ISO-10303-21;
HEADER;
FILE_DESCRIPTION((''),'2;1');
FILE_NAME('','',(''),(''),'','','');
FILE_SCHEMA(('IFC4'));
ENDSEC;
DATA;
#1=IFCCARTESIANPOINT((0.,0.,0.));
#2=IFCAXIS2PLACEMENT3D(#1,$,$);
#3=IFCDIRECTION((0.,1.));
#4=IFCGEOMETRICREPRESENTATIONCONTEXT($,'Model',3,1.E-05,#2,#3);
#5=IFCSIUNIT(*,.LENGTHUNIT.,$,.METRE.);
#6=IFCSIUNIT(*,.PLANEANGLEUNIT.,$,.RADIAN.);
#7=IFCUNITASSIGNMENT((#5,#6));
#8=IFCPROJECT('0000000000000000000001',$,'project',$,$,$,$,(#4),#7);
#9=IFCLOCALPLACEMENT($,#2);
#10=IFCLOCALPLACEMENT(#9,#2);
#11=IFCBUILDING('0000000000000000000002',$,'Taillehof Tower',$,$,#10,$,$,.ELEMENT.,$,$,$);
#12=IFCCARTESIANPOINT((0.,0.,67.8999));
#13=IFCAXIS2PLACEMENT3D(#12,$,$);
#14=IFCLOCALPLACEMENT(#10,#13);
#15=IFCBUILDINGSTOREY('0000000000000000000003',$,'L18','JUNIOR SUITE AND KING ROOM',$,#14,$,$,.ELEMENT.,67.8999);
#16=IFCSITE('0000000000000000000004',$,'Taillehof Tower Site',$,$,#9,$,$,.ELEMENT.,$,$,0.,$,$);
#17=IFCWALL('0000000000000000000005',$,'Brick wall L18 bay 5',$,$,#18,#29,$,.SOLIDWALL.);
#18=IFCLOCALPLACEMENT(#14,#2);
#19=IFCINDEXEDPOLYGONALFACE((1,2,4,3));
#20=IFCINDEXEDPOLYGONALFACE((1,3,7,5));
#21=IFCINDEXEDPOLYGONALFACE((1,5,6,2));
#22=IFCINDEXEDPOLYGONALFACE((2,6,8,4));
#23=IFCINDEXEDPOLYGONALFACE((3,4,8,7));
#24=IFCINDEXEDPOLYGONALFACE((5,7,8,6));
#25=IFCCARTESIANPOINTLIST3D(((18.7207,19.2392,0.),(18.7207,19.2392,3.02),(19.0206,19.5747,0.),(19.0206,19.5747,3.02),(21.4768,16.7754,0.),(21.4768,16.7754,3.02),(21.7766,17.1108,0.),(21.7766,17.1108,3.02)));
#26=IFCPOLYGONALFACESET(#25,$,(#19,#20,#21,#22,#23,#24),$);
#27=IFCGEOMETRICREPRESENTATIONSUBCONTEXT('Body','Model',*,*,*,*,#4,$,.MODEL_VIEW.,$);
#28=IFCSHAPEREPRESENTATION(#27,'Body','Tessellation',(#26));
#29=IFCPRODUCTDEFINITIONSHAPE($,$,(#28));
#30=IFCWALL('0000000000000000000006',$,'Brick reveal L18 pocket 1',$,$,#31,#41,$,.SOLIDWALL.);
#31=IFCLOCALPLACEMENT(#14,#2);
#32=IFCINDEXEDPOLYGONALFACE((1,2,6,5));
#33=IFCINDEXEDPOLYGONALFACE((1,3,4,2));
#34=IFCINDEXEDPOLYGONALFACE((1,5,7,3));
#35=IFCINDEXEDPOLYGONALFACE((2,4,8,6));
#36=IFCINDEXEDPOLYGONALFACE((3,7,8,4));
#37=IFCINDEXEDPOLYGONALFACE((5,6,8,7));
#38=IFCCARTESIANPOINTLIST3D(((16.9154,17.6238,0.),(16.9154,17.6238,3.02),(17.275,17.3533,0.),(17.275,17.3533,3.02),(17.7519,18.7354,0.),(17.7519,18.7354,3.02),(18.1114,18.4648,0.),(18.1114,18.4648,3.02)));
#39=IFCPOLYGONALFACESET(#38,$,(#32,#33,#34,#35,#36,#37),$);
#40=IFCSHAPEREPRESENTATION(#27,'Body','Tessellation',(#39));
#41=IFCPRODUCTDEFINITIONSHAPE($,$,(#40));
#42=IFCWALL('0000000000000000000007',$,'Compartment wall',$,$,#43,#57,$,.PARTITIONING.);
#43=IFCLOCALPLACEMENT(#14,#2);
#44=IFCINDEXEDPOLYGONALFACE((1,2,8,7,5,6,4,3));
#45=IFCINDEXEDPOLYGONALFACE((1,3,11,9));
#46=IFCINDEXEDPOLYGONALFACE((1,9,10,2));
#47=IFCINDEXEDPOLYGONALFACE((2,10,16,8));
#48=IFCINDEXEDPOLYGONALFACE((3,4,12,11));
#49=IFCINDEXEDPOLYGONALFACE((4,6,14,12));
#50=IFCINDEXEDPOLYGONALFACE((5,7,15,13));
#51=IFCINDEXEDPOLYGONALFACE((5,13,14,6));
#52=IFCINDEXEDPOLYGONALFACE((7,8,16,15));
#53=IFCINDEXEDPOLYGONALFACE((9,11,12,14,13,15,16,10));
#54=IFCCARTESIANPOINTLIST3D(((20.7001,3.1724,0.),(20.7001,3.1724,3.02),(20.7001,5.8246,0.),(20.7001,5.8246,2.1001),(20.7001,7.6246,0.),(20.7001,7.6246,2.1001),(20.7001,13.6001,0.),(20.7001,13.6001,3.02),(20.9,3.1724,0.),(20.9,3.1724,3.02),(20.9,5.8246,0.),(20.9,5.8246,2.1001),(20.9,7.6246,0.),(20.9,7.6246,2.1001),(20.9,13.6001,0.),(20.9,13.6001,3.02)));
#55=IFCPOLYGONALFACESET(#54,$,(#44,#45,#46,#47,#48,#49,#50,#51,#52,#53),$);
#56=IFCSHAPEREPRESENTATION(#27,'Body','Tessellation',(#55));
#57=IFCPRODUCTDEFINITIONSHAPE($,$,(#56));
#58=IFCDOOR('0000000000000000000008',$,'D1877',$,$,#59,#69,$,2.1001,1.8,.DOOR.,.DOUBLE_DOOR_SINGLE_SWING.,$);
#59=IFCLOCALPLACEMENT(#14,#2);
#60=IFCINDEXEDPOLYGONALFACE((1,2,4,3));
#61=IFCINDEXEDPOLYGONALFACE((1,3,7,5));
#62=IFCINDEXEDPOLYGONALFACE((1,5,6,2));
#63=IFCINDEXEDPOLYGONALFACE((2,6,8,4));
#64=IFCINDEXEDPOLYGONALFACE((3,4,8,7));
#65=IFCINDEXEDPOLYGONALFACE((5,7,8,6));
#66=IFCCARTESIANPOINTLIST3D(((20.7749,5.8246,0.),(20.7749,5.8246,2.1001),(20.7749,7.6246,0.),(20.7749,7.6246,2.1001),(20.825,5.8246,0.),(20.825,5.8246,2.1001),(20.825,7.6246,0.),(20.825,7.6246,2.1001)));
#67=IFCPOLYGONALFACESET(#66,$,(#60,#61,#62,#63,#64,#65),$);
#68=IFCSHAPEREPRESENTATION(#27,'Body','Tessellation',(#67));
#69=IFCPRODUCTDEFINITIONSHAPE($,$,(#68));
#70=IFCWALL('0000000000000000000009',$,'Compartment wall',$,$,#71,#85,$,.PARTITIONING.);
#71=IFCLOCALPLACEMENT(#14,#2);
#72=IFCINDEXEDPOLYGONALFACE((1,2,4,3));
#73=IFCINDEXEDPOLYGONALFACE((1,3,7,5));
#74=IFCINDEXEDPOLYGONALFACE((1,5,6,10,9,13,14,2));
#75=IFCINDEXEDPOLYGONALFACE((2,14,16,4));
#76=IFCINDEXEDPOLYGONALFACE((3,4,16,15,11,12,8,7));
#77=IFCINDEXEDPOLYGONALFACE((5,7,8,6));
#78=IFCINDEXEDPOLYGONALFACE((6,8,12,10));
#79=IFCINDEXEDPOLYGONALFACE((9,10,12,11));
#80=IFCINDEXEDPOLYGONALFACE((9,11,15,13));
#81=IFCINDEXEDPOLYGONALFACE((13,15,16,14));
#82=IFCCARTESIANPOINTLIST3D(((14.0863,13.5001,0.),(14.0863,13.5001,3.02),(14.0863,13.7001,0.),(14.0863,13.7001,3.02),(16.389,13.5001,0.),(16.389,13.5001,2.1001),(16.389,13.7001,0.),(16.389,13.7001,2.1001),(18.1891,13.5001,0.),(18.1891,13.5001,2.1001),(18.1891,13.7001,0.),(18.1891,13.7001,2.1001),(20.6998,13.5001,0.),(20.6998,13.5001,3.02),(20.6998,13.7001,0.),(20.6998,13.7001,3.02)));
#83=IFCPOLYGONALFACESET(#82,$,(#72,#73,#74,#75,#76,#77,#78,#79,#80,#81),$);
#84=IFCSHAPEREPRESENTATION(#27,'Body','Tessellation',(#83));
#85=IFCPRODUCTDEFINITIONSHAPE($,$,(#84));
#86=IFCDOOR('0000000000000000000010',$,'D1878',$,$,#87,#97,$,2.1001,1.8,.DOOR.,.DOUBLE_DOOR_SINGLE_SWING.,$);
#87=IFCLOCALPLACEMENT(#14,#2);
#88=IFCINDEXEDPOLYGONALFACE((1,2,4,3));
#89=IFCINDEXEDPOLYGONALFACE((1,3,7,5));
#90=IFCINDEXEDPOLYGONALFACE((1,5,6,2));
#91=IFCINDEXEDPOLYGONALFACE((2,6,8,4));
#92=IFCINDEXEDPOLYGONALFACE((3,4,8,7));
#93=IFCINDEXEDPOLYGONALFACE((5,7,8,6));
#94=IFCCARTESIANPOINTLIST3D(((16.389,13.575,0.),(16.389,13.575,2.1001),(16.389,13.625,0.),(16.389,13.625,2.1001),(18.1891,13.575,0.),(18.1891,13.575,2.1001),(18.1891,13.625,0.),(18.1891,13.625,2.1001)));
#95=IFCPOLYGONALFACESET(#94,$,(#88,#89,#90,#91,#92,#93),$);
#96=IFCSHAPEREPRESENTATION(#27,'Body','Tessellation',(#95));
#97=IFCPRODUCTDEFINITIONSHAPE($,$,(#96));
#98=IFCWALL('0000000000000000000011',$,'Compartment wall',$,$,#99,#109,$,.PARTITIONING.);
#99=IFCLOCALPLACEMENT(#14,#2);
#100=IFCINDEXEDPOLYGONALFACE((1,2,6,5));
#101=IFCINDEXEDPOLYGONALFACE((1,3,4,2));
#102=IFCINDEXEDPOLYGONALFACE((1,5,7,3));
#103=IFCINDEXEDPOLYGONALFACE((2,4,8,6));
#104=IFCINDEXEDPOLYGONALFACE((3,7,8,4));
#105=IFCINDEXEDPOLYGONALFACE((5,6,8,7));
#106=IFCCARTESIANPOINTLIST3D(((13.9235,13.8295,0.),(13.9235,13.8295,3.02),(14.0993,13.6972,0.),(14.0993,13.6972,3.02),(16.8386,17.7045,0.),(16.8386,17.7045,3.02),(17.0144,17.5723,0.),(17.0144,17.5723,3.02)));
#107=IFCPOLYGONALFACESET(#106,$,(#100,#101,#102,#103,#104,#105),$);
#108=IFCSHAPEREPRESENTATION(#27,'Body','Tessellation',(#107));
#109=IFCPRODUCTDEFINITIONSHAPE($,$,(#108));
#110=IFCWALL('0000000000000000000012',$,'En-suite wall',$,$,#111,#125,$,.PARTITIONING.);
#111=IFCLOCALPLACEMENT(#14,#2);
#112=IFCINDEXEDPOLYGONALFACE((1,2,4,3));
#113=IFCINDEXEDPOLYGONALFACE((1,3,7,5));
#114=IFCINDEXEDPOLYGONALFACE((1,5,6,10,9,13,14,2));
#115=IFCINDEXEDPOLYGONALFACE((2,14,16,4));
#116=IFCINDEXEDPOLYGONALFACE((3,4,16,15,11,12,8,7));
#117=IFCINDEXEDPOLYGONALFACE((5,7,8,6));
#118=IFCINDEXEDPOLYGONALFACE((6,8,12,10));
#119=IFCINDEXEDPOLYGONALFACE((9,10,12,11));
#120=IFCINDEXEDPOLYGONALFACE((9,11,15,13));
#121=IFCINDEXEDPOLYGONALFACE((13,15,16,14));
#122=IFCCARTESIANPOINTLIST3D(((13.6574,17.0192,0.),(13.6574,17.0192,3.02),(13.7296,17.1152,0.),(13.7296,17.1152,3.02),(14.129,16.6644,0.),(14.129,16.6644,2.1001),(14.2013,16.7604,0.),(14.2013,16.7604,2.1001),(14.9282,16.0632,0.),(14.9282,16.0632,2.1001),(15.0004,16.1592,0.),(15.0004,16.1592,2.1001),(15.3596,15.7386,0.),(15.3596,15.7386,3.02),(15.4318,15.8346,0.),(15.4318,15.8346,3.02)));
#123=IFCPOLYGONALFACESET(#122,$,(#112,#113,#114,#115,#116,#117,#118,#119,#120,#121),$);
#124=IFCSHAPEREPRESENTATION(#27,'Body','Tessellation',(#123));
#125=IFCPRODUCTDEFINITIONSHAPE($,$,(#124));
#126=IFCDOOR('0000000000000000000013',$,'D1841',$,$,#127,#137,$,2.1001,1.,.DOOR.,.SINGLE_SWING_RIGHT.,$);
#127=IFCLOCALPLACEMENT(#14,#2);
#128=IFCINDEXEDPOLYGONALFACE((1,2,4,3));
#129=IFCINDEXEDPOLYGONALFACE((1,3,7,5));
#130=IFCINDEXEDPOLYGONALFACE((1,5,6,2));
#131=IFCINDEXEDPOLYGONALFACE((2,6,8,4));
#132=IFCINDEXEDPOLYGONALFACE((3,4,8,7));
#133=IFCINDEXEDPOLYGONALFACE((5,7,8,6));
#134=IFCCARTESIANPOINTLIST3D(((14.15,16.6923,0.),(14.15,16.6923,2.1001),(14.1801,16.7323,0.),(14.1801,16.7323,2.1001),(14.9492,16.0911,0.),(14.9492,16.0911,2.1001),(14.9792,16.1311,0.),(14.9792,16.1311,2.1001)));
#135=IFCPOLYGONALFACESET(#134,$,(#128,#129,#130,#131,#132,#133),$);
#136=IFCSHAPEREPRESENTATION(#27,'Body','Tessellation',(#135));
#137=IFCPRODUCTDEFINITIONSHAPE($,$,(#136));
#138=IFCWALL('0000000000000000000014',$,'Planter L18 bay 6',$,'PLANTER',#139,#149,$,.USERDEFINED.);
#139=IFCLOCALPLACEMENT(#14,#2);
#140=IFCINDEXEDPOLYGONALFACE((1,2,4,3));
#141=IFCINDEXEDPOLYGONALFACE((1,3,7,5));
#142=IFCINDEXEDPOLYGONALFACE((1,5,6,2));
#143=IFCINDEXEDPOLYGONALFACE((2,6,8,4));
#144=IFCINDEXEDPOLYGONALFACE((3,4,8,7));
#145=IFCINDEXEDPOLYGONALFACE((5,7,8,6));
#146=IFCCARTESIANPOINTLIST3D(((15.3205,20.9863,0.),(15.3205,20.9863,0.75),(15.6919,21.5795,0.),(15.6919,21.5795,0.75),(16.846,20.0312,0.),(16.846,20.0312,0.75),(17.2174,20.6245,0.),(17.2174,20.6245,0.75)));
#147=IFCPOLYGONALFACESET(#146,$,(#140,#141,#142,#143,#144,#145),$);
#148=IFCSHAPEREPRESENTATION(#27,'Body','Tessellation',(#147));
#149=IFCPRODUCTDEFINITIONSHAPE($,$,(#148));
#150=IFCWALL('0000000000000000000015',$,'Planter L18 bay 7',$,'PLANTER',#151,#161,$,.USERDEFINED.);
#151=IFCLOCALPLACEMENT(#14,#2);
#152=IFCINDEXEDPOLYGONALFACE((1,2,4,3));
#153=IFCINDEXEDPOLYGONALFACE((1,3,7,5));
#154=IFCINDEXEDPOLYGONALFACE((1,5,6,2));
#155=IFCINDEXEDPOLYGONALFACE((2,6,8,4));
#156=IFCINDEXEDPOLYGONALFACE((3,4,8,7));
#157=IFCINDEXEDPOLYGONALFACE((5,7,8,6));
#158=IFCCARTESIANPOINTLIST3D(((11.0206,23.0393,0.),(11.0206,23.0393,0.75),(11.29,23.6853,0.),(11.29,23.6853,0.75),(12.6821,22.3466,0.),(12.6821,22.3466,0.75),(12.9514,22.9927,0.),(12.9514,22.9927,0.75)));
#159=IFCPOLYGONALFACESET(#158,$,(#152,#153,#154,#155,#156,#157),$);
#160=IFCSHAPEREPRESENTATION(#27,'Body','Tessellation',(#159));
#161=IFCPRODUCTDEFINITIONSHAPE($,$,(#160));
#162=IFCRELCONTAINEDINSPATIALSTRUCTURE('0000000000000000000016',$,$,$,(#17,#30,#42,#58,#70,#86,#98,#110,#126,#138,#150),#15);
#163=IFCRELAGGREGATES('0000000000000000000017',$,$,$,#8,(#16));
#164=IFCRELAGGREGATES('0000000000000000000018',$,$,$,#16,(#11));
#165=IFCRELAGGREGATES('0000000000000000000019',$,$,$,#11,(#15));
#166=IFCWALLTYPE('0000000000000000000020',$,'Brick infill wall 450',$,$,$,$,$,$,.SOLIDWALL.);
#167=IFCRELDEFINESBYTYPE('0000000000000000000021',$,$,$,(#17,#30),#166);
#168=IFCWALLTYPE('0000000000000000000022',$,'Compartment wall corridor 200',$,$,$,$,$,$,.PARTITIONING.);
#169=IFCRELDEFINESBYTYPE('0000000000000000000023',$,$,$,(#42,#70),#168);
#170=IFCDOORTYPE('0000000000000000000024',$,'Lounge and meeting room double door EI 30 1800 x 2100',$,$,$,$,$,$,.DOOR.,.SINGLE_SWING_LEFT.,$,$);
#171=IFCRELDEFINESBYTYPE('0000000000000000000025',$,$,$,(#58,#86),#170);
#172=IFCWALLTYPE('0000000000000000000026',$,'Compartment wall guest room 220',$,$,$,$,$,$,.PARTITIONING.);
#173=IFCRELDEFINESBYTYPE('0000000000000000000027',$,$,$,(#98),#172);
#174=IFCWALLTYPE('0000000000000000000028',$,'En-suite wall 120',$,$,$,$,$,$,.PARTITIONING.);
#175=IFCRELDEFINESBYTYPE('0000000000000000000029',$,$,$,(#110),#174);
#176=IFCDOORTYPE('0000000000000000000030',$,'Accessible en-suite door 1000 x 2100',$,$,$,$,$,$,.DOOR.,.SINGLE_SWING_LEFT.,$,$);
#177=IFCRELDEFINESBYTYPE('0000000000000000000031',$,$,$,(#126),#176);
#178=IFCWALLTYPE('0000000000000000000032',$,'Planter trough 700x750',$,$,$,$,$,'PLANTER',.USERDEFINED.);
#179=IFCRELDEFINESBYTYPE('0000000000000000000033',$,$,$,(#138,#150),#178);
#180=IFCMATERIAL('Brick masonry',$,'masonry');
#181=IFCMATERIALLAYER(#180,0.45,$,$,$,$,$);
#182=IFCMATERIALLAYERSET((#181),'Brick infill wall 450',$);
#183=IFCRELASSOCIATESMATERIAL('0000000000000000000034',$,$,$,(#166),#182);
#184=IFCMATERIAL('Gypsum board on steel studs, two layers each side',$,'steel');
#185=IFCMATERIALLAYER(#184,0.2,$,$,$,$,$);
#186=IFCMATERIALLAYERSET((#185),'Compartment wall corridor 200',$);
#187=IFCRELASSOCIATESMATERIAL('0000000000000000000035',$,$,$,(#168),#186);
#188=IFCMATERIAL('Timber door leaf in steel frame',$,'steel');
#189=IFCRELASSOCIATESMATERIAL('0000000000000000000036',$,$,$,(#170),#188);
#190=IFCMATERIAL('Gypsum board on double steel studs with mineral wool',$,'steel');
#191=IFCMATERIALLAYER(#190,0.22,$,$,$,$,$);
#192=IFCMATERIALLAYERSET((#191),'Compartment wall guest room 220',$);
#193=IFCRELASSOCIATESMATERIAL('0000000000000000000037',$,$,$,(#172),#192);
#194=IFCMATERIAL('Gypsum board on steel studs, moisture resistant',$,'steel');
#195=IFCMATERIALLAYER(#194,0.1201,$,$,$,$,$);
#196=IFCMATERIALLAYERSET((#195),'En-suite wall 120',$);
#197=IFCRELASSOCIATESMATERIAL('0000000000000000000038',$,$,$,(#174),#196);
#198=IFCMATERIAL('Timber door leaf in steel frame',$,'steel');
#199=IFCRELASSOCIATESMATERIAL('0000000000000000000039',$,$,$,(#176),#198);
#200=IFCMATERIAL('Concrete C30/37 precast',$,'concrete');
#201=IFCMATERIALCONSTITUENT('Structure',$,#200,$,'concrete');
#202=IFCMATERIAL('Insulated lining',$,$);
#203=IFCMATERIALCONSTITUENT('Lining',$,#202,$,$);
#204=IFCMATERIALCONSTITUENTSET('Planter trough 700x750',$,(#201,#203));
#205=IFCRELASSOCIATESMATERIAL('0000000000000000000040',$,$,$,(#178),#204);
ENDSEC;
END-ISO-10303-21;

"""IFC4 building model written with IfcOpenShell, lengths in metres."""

from ifc_helpers import new_model, si_unit, direction, frame, frame_2d, origin, place, context, subcontext, project, spatial, rectangle, extrude, material, layer, layer_set, constituent, constituent_set, type_object, element, fill, save


model = new_model("IFC4")

# Units and contexts
model_context = context("Model", 3, precision=1e-05, world=origin(), true_north=direction((0.0, 1.0)))
body_context = subcontext(model_context, "Body", "Model", "MODEL_VIEW")
ifc_project = project(units=[si_unit("LENGTHUNIT", "METRE"), si_unit("PLANEANGLEUNIT", "RADIAN")], contexts=[model_context])

# Site, building, storey
site_placement = place(None, origin())
site = spatial("IfcSite", under=ifc_project, at=site_placement, Name="Taillehof Tower Site", CompositionType="ELEMENT", RefElevation=0.0)
building_placement = place(site_placement, origin())
building = spatial("IfcBuilding", under=site, at=building_placement, Name="Taillehof Tower", CompositionType="ELEMENT")
storey_placement = place(building_placement, frame((0.0, 0.0, 67.8999)))
storey = spatial("IfcBuildingStorey", under=building, at=storey_placement, Name="L18", Description="JUNIOR SUITE AND KING ROOM", CompositionType="ELEMENT", Elevation=67.8999)

# Shared definitions
ifc_material_1 = material(Name="Brick masonry", Category="masonry")
ifc_layer_1 = layer(ifc_material_1, 0.45)
ifc_layer_set_1 = layer_set([ifc_layer_1], Name="Brick infill wall 450")
wall_type_1 = type_object("IfcWallType", Name="Brick infill wall 450", PredefinedType="SOLIDWALL", material=ifc_layer_set_1)

# Walls
wall_1_placement = place(storey_placement, frame((21.6267, 16.9431, 0.0), z_axis=(0.0, 0.0, 1.0), x_axis=(-0.745526, 0.666476, 0.0)))
element("IfcWall", 1, at=wall_1_placement, inside=storey, type_object=wall_type_1, Name="Brick wall L18 bay 5", PredefinedType="SOLIDWALL", context=body_context, shape_type="SweptSolid", body=[
    extrude(rectangle(XDim=3.6968, YDim=0.45, at=frame_2d((1.8484, 0.0))), origin(), (0.0, 0.0, 1.0), 3.02),
])
wall_2_placement = place(storey_placement, frame((17.9316, 18.6001, 0.0), z_axis=(0.0, 0.0, 1.0), x_axis=(-0.601263, -0.799051, 0.0)))
element("IfcWall", 2, at=wall_2_placement, inside=storey, type_object=wall_type_1, Name="Brick reveal L18 pocket 1", PredefinedType="SOLIDWALL", context=body_context, shape_type="SweptSolid", body=[
    extrude(rectangle(XDim=1.3911, YDim=0.45, at=frame_2d((0.6956, 0.0))), origin(), (0.0, 0.0, 1.0), 3.02),
])

# Walls, openings, doors
ifc_material_2 = material(Name="Gypsum board on steel studs, two layers each side", Category="steel")
ifc_layer_2 = layer(ifc_material_2, 0.2)
ifc_layer_set_2 = layer_set([ifc_layer_2], Name="Compartment wall corridor 200")
wall_type_2 = type_object("IfcWallType", Name="Compartment wall corridor 200", PredefinedType="PARTITIONING", material=ifc_layer_set_2)
wall_3_placement = place(storey_placement, frame((20.8, 13.6001, 0.0), z_axis=(0.0, 0.0, 1.0), x_axis=(0.0, -1.0, 0.0)))
wall_3 = element("IfcWall", 3, at=wall_3_placement, inside=storey, type_object=wall_type_2, Name="Compartment wall", PredefinedType="PARTITIONING", context=body_context, shape_type="SweptSolid", body=[
    extrude(rectangle(XDim=10.4277, YDim=0.2, at=frame_2d((5.2139, 0.0))), origin(), (0.0, 0.0, 1.0), 3.02),
])
opening_1_placement = place(wall_3_placement, frame((5.9756, 0.0, 0.0)))
opening_1 = element("IfcOpeningElement", 4, at=opening_1_placement, cuts=wall_3, PredefinedType="OPENING", context=body_context, shape_type="SweptSolid", body=[
    extrude(rectangle(XDim=1.8, YDim=2.1001, at=frame_2d((0.8999, 1.05))), frame((0.0, 0.1099, 0.0), z_axis=(0.0, -1.0, 0.0), x_axis=(1.0, 0.0, 0.0)), (0.0, 0.0, 1.0), 0.22),
])
ifc_material_3 = material(Name="Timber door leaf in steel frame", Category="steel")
door_type_1 = type_object("IfcDoorType", Name="Lounge and meeting room double door EI 30 1800 x 2100", OperationType="SINGLE_SWING_LEFT", PredefinedType="DOOR", material=ifc_material_3)
door_1_placement = place(opening_1_placement, origin())
door_1 = element("IfcDoor", 5, at=door_1_placement, inside=storey, type_object=door_type_1, Name="D1877", OperationType="DOUBLE_DOOR_SINGLE_SWING", OverallHeight=2.1001, OverallWidth=1.8, PredefinedType="DOOR", context=body_context, shape_type="SweptSolid", body=[
    extrude(rectangle(XDim=1.8, YDim=2.1001, at=frame_2d((0.8999, 1.05))), frame((0.0, 0.0249, 0.0), z_axis=(0.0, -1.0, 0.0), x_axis=(1.0, 0.0, 0.0)), (0.0, 0.0, 1.0), 0.05),
])
fill(opening_1, door_1)
wall_4_placement = place(storey_placement, frame((14.0864, 13.6001, 0.0), z_axis=(0.0, 0.0, 1.0), x_axis=(1.0, 0.0, 0.0)))
wall_4 = element("IfcWall", 6, at=wall_4_placement, inside=storey, type_object=wall_type_2, Name="Compartment wall", PredefinedType="PARTITIONING", context=body_context, shape_type="SweptSolid", body=[
    extrude(rectangle(XDim=6.6135, YDim=0.2, at=frame_2d((3.3066, 0.0))), origin(), (0.0, 0.0, 1.0), 3.02),
])
opening_2_placement = place(wall_4_placement, frame((2.3027, 0.0, 0.0)))
opening_2 = element("IfcOpeningElement", 7, at=opening_2_placement, cuts=wall_4, PredefinedType="OPENING", context=body_context, shape_type="SweptSolid", body=[
    extrude(rectangle(XDim=1.8, YDim=2.1001, at=frame_2d((0.8999, 1.05))), frame((0.0, 0.1099, 0.0), z_axis=(0.0, -1.0, 0.0), x_axis=(1.0, 0.0, 0.0)), (0.0, 0.0, 1.0), 0.22),
])
door_2_placement = place(opening_2_placement, origin())
door_2 = element("IfcDoor", 8, at=door_2_placement, inside=storey, type_object=door_type_1, Name="D1878", OperationType="DOUBLE_DOOR_SINGLE_SWING", OverallHeight=2.1001, OverallWidth=1.8, PredefinedType="DOOR", context=body_context, shape_type="SweptSolid", body=[
    extrude(rectangle(XDim=1.8, YDim=2.1001, at=frame_2d((0.8999, 1.05))), frame((0.0, 0.0249, 0.0), z_axis=(0.0, -1.0, 0.0), x_axis=(1.0, 0.0, 0.0)), (0.0, 0.0, 1.0), 0.05),
])
fill(opening_2, door_2)

# Wall
ifc_material_4 = material(Name="Gypsum board on double steel studs with mineral wool", Category="steel")
ifc_layer_3 = layer(ifc_material_4, 0.22)
ifc_layer_set_3 = layer_set([ifc_layer_3], Name="Compartment wall guest room 220")
wall_type_3 = type_object("IfcWallType", Name="Compartment wall guest room 220", PredefinedType="PARTITIONING", material=ifc_layer_set_3)
wall_5_placement = place(storey_placement, frame((16.9265, 17.6384, 0.0), z_axis=(0.0, 0.0, 1.0), x_axis=(-0.601159, -0.799129, 0.0)))
element("IfcWall", 9, at=wall_5_placement, inside=storey, type_object=wall_type_3, Name="Compartment wall", PredefinedType="PARTITIONING", context=body_context, shape_type="SweptSolid", body=[
    extrude(rectangle(XDim=4.8491, YDim=0.22, at=frame_2d((2.4246, 0.0))), origin(), (0.0, 0.0, 1.0), 3.02),
])

# Wall, opening, door
ifc_material_5 = material(Name="Gypsum board on steel studs, moisture resistant", Category="steel")
ifc_layer_4 = layer(ifc_material_5, 0.1201)
ifc_layer_set_4 = layer_set([ifc_layer_4], Name="En-suite wall 120")
wall_type_4 = type_object("IfcWallType", Name="En-suite wall 120", PredefinedType="PARTITIONING", material=ifc_layer_set_4)
wall_6_placement = place(storey_placement, frame((13.6936, 17.0671, 0.0), z_axis=(0.0, 0.0, 1.0), x_axis=(0.799119, -0.601173, 0.0)))
wall_6 = element("IfcWall", 10, at=wall_6_placement, inside=storey, type_object=wall_type_4, Name="En-suite wall", PredefinedType="PARTITIONING", context=body_context, shape_type="SweptSolid", body=[
    extrude(rectangle(XDim=2.1301, YDim=0.1201, at=frame_2d((1.0649, 0.0))), origin(), (0.0, 0.0, 1.0), 3.02),
])
opening_3_placement = place(wall_6_placement, frame((0.5901, 0.0, 0.0)))
opening_3 = element("IfcOpeningElement", 11, at=opening_3_placement, cuts=wall_6, PredefinedType="OPENING", context=body_context, shape_type="SweptSolid", body=[
    extrude(rectangle(XDim=1.0, YDim=2.1001, at=frame_2d((0.5, 1.05))), frame((0.0, 0.0701, 0.0), z_axis=(0.0, -1.0, 0.0), x_axis=(1.0, 0.0, 0.0)), (0.0, 0.0, 1.0), 0.1401),
])
ifc_material_6 = material(Name="Timber door leaf in steel frame", Category="steel")
door_type_2 = type_object("IfcDoorType", Name="Accessible en-suite door 1000 x 2100", OperationType="SINGLE_SWING_LEFT", PredefinedType="DOOR", material=ifc_material_6)
door_3_placement = place(opening_3_placement, origin())
door_3 = element("IfcDoor", 12, at=door_3_placement, inside=storey, type_object=door_type_2, Name="D1841", OperationType="SINGLE_SWING_RIGHT", OverallHeight=2.1001, OverallWidth=1.0, PredefinedType="DOOR", context=body_context, shape_type="SweptSolid", body=[
    extrude(rectangle(XDim=1.0, YDim=2.1001, at=frame_2d((0.5, 1.05))), frame((0.0, 0.0249, 0.0), z_axis=(0.0, -1.0, 0.0), x_axis=(1.0, 0.0, 0.0)), (0.0, 0.0, 1.0), 0.05),
])
fill(opening_3, door_3)

# Walls
ifc_material_7 = material(Name="Concrete C30/37 precast", Category="concrete")
ifc_constituent_1 = constituent(ifc_material_7, Name="Structure", Category="concrete")
ifc_material_8 = material(Name="Insulated lining")
ifc_constituent_2 = constituent(ifc_material_8, Name="Lining")
ifc_constituent_set = constituent_set(constituents=[ifc_constituent_1, ifc_constituent_2], Name="Planter trough 700x750")
wall_type_5 = type_object("IfcWallType", Name="Planter trough 700x750", ElementType="PLANTER", PredefinedType="USERDEFINED", material=ifc_constituent_set)
wall_7_placement = place(storey_placement, frame((17.0317, 20.3279, 0.0), z_axis=(0.0, 0.0, 1.0), x_axis=(-0.847609, 0.530621, 0.0)))
element("IfcWall", 13, at=wall_7_placement, inside=storey, type_object=wall_type_5, Name="Planter L18 bay 6", ObjectType="PLANTER", PredefinedType="USERDEFINED", context=body_context, shape_type="SweptSolid", body=[
    extrude(rectangle(XDim=1.7998, YDim=0.7, at=frame_2d((0.8999, 0.0))), origin(), (0.0, 0.0, 1.0), 0.75),
])
wall_8_placement = place(storey_placement, frame((12.8167, 22.6697, 0.0), z_axis=(0.0, 0.0, 1.0), x_axis=(-0.923001, 0.384798, 0.0)))
element("IfcWall", 14, at=wall_8_placement, inside=storey, type_object=wall_type_5, Name="Planter L18 bay 7", ObjectType="PLANTER", PredefinedType="USERDEFINED", context=body_context, shape_type="SweptSolid", body=[
    extrude(rectangle(XDim=1.8, YDim=0.7, at=frame_2d((0.8999, 0.0))), origin(), (0.0, 0.0, 1.0), 0.75),
])

save(model, "model.ifc")
